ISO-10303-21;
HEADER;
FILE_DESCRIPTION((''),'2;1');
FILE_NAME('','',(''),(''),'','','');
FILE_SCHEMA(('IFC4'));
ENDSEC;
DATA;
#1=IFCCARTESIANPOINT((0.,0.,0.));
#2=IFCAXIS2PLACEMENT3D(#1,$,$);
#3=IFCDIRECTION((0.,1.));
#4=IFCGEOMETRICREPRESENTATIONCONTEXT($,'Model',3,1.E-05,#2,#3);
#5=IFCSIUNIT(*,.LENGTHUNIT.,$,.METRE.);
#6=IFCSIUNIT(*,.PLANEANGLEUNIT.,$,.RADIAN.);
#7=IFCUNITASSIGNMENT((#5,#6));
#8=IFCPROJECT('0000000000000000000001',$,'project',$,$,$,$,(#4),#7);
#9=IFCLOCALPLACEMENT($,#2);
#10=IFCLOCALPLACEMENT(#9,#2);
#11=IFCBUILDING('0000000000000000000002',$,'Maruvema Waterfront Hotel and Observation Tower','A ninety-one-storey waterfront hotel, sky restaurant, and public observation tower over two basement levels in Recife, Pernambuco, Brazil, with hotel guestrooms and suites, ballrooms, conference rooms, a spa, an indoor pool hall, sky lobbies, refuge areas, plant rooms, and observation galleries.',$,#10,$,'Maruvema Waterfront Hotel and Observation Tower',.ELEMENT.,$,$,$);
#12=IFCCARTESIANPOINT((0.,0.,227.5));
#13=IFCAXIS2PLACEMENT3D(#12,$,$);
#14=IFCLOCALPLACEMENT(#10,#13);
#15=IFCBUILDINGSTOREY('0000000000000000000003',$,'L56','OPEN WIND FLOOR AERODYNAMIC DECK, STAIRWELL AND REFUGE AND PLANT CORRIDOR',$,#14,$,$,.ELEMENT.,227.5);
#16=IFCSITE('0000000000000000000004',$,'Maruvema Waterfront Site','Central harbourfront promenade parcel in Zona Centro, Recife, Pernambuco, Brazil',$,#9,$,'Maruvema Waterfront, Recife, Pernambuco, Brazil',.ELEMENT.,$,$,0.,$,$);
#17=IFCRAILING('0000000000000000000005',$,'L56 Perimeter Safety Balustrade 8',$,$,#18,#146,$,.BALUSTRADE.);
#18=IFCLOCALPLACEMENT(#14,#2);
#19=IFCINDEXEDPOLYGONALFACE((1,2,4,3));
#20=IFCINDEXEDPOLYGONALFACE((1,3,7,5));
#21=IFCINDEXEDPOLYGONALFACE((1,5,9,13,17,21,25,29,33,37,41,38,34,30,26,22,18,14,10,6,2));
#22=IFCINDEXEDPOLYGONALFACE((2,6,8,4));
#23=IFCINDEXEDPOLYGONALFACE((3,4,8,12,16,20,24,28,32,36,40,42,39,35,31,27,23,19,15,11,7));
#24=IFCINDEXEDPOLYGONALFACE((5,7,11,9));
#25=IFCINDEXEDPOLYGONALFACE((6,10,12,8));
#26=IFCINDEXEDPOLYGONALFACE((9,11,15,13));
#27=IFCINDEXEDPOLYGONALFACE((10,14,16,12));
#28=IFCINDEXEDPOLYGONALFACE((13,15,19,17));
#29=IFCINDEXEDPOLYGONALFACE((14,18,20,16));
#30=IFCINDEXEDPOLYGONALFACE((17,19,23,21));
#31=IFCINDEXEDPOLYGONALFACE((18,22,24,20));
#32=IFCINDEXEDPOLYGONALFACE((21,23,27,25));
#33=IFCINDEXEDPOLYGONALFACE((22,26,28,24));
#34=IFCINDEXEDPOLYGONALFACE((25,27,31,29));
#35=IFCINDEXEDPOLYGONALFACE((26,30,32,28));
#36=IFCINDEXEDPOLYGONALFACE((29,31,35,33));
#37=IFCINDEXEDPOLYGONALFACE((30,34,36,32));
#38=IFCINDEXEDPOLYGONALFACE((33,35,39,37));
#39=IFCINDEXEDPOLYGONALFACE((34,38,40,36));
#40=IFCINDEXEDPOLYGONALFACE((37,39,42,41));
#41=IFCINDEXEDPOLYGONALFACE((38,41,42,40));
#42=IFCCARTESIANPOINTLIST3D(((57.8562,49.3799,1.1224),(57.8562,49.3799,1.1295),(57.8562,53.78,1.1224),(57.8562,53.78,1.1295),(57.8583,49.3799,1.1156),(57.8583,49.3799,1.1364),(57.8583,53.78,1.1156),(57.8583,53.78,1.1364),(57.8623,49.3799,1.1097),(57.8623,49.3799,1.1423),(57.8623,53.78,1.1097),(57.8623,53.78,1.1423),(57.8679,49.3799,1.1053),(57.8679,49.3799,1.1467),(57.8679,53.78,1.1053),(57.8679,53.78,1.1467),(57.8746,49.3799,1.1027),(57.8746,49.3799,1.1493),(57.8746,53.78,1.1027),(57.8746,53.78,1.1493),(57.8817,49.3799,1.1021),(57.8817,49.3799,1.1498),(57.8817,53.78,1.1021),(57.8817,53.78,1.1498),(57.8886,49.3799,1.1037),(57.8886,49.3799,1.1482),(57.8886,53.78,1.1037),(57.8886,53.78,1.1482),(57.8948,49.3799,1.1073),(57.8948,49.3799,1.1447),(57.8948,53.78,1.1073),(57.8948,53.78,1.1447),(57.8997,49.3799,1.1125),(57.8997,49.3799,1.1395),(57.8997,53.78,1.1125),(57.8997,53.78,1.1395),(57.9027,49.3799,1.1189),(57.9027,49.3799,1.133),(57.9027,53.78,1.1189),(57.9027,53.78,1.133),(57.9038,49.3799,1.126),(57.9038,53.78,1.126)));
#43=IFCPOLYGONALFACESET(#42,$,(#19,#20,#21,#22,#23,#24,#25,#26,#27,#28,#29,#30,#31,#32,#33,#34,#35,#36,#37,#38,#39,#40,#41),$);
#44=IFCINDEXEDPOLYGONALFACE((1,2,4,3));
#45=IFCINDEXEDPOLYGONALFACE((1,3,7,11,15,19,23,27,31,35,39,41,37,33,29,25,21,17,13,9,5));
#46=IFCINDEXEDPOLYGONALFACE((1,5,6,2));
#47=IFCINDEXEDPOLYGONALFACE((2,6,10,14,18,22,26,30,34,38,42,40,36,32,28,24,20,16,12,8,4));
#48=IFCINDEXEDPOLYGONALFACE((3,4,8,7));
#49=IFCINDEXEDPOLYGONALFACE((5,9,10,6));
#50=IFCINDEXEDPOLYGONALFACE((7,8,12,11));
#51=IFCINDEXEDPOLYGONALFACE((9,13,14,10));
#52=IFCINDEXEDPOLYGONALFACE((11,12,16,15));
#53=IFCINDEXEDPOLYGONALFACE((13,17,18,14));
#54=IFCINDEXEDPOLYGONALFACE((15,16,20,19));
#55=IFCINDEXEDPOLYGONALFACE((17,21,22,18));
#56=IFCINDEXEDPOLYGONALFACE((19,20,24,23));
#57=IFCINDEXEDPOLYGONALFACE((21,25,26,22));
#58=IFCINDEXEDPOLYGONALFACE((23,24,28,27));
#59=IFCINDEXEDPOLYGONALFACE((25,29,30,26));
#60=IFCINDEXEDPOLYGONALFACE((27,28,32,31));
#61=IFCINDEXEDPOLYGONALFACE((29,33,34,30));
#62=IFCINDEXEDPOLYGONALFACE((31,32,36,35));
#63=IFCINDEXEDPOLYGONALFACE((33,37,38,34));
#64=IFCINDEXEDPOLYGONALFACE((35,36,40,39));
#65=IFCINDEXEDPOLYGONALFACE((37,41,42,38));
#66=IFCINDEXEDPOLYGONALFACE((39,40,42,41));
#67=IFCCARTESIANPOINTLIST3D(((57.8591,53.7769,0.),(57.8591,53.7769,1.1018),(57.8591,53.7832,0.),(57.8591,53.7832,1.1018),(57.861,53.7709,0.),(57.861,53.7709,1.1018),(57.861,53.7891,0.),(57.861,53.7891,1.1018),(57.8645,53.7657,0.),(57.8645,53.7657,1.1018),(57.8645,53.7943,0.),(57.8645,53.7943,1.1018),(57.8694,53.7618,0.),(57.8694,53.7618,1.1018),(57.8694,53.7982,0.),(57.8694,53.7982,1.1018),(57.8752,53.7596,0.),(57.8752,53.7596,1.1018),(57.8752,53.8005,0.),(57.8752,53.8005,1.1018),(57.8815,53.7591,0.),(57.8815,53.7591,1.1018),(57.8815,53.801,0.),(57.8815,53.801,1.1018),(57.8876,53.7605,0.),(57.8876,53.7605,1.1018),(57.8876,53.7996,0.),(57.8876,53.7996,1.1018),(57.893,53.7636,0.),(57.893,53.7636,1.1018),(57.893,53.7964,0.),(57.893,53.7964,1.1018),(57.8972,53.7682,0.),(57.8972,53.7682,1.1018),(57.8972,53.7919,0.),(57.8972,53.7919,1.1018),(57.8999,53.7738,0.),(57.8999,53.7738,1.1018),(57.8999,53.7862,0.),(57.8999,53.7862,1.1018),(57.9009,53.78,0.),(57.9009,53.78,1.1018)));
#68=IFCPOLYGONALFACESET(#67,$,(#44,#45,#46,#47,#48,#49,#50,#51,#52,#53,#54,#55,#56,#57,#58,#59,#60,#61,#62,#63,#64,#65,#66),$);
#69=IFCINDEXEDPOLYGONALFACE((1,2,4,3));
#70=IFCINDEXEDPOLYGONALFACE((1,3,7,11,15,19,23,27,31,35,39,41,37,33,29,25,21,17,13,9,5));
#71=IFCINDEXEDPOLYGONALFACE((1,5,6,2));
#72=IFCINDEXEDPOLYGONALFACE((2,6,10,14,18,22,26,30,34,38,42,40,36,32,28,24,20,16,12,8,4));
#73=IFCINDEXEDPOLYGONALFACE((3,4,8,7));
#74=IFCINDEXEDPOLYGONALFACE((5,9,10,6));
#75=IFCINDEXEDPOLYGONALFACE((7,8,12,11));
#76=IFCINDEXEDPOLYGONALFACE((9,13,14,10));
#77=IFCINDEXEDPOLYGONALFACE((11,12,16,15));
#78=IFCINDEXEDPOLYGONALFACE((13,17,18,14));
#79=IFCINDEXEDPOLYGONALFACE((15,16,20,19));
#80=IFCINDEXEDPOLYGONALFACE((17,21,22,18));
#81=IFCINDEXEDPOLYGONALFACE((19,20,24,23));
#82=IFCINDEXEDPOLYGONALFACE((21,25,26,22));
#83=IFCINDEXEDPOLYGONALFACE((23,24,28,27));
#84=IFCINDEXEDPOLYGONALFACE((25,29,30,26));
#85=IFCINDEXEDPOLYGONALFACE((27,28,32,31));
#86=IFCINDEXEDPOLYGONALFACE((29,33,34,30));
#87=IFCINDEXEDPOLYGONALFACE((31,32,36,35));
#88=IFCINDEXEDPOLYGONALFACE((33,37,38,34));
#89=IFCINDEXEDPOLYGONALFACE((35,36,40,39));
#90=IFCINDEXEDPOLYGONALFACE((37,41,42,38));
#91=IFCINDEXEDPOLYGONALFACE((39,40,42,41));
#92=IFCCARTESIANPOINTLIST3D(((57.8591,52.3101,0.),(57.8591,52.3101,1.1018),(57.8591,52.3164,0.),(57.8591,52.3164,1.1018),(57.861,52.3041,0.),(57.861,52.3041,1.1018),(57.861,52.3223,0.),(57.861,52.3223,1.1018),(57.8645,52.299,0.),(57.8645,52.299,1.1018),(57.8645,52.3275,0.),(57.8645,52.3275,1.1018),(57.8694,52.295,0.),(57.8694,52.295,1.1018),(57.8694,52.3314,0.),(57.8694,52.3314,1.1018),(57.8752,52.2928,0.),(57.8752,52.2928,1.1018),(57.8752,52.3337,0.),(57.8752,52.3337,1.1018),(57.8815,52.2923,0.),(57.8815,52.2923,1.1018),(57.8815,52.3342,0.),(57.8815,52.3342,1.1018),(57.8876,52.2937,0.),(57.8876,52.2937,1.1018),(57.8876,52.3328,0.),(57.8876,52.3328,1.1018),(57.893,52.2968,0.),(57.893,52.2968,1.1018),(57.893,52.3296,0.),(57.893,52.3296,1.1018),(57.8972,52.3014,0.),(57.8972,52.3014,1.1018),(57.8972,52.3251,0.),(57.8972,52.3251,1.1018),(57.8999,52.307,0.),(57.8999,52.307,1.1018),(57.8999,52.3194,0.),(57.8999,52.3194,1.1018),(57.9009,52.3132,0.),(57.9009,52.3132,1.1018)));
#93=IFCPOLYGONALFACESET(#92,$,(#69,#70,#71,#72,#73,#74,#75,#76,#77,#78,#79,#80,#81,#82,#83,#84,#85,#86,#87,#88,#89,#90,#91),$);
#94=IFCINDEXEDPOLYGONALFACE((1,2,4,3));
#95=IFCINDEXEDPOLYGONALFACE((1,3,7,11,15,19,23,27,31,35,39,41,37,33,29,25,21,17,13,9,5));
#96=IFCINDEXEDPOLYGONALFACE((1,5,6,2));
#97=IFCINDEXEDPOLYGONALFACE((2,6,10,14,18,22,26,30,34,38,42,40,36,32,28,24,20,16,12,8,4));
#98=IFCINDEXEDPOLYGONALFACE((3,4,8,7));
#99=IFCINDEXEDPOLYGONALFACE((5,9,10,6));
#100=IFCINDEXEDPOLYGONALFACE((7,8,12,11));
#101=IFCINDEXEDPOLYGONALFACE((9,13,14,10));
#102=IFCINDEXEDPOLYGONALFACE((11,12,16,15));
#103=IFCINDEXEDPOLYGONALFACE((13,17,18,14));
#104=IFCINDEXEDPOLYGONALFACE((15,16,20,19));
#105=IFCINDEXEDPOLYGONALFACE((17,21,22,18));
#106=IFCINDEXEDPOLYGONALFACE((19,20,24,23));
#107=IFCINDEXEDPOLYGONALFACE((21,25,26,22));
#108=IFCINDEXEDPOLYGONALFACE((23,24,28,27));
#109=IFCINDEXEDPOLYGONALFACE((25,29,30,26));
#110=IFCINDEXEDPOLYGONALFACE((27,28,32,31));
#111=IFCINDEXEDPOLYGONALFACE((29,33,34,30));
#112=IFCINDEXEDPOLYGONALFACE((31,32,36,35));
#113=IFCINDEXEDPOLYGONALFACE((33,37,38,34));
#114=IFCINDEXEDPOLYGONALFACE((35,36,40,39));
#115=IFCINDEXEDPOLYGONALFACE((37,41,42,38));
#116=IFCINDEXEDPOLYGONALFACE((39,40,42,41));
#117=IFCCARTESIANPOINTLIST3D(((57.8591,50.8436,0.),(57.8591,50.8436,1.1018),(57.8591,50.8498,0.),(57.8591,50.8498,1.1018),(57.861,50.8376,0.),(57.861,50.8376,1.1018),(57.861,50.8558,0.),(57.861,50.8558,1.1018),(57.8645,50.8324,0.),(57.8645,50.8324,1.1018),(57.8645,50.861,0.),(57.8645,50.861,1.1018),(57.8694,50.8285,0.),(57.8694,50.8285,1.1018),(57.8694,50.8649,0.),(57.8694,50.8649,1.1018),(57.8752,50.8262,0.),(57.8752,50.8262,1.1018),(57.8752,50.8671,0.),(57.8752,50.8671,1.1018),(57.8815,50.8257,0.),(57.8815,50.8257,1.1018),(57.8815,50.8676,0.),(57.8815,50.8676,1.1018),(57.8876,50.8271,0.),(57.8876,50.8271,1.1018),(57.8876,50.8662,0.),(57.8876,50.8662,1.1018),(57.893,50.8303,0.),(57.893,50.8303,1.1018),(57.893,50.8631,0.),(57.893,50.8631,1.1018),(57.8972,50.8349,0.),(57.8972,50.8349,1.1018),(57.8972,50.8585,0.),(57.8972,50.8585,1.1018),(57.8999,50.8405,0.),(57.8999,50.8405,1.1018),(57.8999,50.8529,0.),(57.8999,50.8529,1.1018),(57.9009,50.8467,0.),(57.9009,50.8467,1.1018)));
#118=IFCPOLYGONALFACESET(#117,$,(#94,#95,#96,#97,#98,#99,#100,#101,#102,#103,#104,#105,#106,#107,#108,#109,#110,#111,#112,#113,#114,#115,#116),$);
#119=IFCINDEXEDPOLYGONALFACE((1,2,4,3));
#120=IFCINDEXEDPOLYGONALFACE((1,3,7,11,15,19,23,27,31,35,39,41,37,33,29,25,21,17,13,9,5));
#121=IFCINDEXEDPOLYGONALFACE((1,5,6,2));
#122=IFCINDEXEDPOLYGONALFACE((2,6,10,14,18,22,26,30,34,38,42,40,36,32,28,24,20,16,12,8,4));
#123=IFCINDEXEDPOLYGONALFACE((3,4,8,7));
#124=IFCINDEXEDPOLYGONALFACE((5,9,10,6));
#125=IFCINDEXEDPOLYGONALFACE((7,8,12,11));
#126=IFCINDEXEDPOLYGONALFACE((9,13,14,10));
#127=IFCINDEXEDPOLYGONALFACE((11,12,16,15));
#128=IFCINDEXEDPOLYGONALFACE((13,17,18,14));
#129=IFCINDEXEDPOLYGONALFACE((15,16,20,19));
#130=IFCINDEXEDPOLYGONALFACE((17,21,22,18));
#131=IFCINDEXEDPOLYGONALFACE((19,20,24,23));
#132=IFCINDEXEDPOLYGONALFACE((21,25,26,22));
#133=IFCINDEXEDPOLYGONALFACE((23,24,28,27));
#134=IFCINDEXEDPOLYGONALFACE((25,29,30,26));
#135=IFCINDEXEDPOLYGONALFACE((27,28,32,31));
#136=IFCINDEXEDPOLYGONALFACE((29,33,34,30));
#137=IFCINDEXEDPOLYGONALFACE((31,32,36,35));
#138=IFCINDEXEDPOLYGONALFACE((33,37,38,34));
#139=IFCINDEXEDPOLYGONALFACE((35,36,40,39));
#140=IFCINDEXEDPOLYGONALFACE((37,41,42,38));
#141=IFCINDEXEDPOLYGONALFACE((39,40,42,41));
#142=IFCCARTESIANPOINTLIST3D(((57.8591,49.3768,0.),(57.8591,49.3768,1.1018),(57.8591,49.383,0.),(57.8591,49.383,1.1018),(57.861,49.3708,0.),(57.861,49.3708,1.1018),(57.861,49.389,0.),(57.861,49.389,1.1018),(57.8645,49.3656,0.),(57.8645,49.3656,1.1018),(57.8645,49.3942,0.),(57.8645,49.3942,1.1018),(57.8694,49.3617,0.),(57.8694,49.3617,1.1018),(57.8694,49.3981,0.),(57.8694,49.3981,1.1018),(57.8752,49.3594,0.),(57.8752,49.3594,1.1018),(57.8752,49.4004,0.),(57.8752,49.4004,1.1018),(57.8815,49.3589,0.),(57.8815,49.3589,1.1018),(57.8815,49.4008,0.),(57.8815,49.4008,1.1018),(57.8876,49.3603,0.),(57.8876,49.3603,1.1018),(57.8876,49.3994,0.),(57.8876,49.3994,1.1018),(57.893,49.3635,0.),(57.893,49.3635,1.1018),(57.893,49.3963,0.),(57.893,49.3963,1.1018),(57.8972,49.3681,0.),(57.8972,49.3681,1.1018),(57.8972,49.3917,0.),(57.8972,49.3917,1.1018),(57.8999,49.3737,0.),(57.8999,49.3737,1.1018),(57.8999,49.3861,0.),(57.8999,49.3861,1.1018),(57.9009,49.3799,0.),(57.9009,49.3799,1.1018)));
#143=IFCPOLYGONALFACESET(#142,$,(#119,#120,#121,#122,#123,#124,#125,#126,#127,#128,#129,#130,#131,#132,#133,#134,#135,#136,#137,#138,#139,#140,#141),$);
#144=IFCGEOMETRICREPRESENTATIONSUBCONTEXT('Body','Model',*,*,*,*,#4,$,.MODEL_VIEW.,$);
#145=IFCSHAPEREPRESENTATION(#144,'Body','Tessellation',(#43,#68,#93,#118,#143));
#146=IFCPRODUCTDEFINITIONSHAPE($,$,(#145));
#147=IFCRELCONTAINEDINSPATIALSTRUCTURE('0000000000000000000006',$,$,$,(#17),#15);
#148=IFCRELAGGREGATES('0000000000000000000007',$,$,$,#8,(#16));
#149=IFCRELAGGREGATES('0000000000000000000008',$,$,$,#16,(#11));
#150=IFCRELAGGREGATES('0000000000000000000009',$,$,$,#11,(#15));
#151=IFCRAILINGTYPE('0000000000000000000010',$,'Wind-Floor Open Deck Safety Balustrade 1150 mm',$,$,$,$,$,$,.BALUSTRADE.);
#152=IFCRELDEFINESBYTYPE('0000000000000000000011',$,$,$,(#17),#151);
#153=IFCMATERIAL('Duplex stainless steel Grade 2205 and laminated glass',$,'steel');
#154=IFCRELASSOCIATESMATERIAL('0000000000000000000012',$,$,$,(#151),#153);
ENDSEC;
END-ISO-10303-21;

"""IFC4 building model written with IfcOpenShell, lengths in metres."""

from ifc_helpers import new_model, si_unit, direction, frame, origin, origin_2d, place, context, subcontext, project, spatial, circle, extrude, material, type_object, element, save


model = new_model("IFC4")

# Units and contexts
model_context = context("Model", 3, precision=1e-05, world=origin(), true_north=direction((0.0, 1.0)))
body_context = subcontext(model_context, "Body", "Model", "MODEL_VIEW")
ifc_project = project(units=[si_unit("LENGTHUNIT", "METRE"), si_unit("PLANEANGLEUNIT", "RADIAN")], contexts=[model_context])

# Site, building, storey
site_placement = place(None, origin())
site = spatial("IfcSite", under=ifc_project, at=site_placement, Name="Maruvema Waterfront Site", Description="Central harbourfront promenade parcel in Zona Centro, Recife, Pernambuco, Brazil", LongName="Maruvema Waterfront, Recife, Pernambuco, Brazil", CompositionType="ELEMENT", RefElevation=0.0)
building_placement = place(site_placement, origin())
building = spatial("IfcBuilding", under=site, at=building_placement, Name="Maruvema Waterfront Hotel and Observation Tower", Description="A ninety-one-storey waterfront hotel, sky restaurant, and public observation tower over two basement levels in Recife, Pernambuco, Brazil, with hotel guestrooms and suites, ballrooms, conference rooms, a spa, an indoor pool hall, sky lobbies, refuge areas, plant rooms, and observation galleries.", LongName="Maruvema Waterfront Hotel and Observation Tower", CompositionType="ELEMENT")
storey_placement = place(building_placement, frame((0.0, 0.0, 227.5)))
storey = spatial("IfcBuildingStorey", under=building, at=storey_placement, Name="L56", Description="OPEN WIND FLOOR AERODYNAMIC DECK, STAIRWELL AND REFUGE AND PLANT CORRIDOR", CompositionType="ELEMENT", Elevation=227.5)

# Railing
ifc_material_1 = material(Name="Duplex stainless steel Grade 2205 and laminated glass", Category="steel")
railing_type = type_object("IfcRailingType", Name="Wind-Floor Open Deck Safety Balustrade 1150 mm", PredefinedType="BALUSTRADE", material=ifc_material_1)
railing_1_placement = place(storey_placement, frame((57.8799, 53.78, 0.0)))
element("IfcRailing", 1, at=railing_1_placement, inside=storey, type_object=railing_type, Name="L56 Perimeter Safety Balustrade 8", PredefinedType="BALUSTRADE", context=body_context, shape_type="SweptSolid", body=[
    extrude(circle(Radius=0.0239, at=origin_2d()), frame((0.0, 0.0, 1.126), z_axis=(0.0, -1.0, 0.0), x_axis=(1.0, 0.0, 0.0)), (0.0, 0.0, 1.0), 4.4001),
    extrude(circle(Radius=0.021, at=origin_2d()), origin(), (0.0, 0.0, 1.0), 1.1018),
    extrude(circle(Radius=0.021, at=origin_2d()), frame((0.0, -1.4668, 0.0)), (0.0, 0.0, 1.0), 1.1018),
    extrude(circle(Radius=0.021, at=origin_2d()), frame((0.0, -2.9333, 0.0)), (0.0, 0.0, 1.0), 1.1018),
    extrude(circle(Radius=0.021, at=origin_2d()), frame((0.0, -4.4001, 0.0)), (0.0, 0.0, 1.0), 1.1018),
])

save(model, "model.ifc")
